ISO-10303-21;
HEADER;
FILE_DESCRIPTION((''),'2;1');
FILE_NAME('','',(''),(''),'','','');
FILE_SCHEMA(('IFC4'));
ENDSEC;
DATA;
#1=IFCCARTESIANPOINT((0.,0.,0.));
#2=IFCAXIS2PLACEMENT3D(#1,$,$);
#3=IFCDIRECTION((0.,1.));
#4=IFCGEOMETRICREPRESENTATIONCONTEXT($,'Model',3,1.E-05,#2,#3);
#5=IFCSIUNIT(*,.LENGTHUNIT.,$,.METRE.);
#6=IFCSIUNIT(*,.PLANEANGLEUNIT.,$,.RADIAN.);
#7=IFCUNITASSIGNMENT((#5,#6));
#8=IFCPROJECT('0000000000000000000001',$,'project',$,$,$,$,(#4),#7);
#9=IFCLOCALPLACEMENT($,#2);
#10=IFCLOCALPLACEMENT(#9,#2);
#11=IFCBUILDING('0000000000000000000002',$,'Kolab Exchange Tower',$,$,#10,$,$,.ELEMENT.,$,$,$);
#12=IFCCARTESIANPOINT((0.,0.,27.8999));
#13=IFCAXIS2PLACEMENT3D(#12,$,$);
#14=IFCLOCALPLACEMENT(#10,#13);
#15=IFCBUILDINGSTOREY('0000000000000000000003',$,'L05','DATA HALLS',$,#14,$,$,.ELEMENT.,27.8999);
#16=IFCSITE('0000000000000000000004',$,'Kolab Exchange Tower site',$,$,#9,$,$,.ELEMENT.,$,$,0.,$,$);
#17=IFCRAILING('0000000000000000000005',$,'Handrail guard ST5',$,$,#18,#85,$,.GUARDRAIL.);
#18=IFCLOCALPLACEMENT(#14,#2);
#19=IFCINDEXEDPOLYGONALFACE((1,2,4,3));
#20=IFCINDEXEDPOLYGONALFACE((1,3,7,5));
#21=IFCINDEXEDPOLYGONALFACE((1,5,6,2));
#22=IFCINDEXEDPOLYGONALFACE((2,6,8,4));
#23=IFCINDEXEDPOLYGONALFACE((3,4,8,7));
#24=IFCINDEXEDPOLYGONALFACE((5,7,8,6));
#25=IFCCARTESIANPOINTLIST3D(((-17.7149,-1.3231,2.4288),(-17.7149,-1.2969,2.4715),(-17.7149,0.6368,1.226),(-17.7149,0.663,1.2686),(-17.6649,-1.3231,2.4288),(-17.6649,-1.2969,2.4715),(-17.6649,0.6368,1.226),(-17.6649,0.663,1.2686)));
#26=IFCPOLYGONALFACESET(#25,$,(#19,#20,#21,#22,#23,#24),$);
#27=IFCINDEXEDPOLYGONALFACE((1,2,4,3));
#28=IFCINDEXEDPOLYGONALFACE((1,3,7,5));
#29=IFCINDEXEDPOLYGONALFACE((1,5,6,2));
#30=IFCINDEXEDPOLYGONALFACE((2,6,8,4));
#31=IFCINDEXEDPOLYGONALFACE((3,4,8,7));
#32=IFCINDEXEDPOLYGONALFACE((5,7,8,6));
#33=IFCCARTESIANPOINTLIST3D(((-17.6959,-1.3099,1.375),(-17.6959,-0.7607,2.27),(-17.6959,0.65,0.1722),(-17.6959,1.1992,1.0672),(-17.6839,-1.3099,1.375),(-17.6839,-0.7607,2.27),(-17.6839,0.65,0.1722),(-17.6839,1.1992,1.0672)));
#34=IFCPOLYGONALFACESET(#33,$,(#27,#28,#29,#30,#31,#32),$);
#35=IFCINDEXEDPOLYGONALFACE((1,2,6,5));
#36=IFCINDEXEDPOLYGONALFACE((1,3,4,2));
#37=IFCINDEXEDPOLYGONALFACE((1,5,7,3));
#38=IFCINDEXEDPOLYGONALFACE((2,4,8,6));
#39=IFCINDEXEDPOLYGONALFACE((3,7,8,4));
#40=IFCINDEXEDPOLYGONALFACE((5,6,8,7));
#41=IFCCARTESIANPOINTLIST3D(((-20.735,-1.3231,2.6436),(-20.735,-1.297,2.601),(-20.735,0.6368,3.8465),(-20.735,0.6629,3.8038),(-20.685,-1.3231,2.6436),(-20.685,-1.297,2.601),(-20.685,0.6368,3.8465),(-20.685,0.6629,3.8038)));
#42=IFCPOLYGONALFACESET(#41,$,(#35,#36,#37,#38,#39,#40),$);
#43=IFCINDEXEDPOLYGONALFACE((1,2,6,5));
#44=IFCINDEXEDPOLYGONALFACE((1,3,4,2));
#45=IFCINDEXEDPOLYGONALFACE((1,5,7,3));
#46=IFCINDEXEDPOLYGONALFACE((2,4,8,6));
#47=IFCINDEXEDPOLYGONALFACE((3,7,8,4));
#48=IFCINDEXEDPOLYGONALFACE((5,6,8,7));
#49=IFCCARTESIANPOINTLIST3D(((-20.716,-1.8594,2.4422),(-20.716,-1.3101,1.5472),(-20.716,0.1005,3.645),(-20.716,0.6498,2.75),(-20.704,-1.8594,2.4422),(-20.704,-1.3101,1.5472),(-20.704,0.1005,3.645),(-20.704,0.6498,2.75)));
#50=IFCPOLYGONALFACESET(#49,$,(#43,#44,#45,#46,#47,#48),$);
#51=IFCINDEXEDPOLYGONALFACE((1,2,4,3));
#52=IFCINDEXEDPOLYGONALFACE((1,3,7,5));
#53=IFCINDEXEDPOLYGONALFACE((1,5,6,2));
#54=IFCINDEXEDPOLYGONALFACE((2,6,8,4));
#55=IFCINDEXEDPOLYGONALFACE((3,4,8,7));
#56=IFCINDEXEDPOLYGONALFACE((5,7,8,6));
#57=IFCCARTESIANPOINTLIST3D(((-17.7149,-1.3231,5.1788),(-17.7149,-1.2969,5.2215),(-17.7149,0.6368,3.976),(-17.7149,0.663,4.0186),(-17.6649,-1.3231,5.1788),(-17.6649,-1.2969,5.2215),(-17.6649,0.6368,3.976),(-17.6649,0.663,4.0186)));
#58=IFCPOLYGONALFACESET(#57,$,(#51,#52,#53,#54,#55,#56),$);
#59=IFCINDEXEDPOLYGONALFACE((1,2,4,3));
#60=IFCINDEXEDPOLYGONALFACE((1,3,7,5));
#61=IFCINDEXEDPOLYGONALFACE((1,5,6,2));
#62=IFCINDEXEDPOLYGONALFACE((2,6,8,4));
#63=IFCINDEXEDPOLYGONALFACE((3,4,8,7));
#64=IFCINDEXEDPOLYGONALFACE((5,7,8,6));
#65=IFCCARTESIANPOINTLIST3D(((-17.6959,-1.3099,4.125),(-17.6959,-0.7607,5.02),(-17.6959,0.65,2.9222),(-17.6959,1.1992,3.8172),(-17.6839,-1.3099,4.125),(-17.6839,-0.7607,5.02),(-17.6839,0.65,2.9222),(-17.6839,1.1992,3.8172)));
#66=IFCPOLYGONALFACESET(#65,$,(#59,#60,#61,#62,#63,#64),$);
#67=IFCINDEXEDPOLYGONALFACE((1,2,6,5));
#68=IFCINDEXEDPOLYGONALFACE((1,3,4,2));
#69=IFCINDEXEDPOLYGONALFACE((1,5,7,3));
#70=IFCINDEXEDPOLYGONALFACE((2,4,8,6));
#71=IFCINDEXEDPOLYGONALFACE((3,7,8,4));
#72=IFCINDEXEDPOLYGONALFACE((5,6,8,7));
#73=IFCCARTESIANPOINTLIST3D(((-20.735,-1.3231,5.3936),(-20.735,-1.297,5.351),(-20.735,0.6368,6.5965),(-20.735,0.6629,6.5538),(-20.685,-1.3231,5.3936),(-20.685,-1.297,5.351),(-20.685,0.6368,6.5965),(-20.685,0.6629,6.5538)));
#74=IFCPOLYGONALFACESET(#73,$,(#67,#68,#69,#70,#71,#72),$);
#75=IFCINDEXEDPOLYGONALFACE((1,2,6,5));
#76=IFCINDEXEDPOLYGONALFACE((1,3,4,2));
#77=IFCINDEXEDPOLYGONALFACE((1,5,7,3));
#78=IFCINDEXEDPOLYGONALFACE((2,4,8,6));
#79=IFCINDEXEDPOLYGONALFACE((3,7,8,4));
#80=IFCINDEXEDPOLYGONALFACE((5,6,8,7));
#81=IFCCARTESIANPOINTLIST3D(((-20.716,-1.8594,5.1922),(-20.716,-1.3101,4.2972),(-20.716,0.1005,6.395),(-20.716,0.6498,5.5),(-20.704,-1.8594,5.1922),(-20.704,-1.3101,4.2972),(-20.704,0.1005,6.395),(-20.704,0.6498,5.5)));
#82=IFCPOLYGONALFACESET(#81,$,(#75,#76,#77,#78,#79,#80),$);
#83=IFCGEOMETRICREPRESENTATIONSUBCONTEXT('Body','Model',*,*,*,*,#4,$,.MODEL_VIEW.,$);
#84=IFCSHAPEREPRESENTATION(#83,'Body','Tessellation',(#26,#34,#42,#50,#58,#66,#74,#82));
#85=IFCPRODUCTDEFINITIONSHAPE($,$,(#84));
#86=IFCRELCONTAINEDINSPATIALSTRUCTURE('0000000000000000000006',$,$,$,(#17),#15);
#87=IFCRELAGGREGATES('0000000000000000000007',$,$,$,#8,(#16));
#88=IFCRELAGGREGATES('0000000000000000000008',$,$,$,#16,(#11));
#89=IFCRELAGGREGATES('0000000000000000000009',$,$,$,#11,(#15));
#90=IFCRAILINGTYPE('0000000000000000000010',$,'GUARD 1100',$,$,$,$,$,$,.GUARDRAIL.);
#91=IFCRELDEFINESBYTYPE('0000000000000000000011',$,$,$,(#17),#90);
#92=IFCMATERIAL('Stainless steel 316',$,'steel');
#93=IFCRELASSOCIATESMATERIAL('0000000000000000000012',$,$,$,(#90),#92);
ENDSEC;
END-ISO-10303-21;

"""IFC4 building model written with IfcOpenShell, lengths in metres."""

from ifc_helpers import new_model, si_unit, direction, frame, frame_2d, origin, origin_2d, place, context, subcontext, project, spatial, rectangle, extrude, material, type_object, element, save


model = new_model("IFC4")

# Units and contexts
model_context = context("Model", 3, precision=1e-05, world=origin(), true_north=direction((0.0, 1.0)))
body_context = subcontext(model_context, "Body", "Model", "MODEL_VIEW")
ifc_project = project(units=[si_unit("LENGTHUNIT", "METRE"), si_unit("PLANEANGLEUNIT", "RADIAN")], contexts=[model_context])

# Site, building, storey
site_placement = place(None, origin())
site = spatial("IfcSite", under=ifc_project, at=site_placement, Name="Kolab Exchange Tower site", CompositionType="ELEMENT", RefElevation=0.0)
building_placement = place(site_placement, origin())
building = spatial("IfcBuilding", under=site, at=building_placement, Name="Kolab Exchange Tower", CompositionType="ELEMENT")
storey_placement = place(building_placement, frame((0.0, 0.0, 27.8999)))
storey = spatial("IfcBuildingStorey", under=building, at=storey_placement, Name="L05", Description="DATA HALLS", CompositionType="ELEMENT", Elevation=27.8999)

# Railing
ifc_material_1 = material(Name="Stainless steel 316", Category="steel")
railing_type = type_object("IfcRailingType", Name="GUARD 1100", PredefinedType="GUARDRAIL", material=ifc_material_1)
railing_1_placement = place(storey_placement, frame((-17.6899, 0.6499, 0.1721)))
element("IfcRailing", 1, at=railing_1_placement, inside=storey, type_object=railing_type, Name="Handrail guard ST5", PredefinedType="GUARDRAIL", context=body_context, shape_type="SweptSolid", body=[
    extrude(rectangle(XDim=0.05, YDim=0.05, at=origin_2d()), frame((0.0, 0.0, 1.0752), z_axis=(0.0, -0.852288, 0.523072), x_axis=(1.0, 0.0, 0.0)), (0.0, 0.0, 1.0), 2.2996),
    extrude(rectangle(XDim=0.012, YDim=1.0501, at=frame_2d((0.0, 0.5251))), frame((0.0, 0.0, 0.0), z_axis=(0.0, -0.852288, 0.523072), x_axis=(1.0, 0.0, 0.0)), (0.0, 0.0, 1.0), 2.2996),
    extrude(rectangle(XDim=0.05, YDim=0.05, at=origin_2d()), frame((-3.02, -1.96, 2.4502), z_axis=(0.0, 0.852288, 0.523072), x_axis=(-1.0, 0.0, 0.0)), (0.0, 0.0, 1.0), 2.2996),
    extrude(rectangle(XDim=0.012, YDim=1.0501, at=frame_2d((0.0, 0.5251))), frame((-3.02, -1.96, 1.375), z_axis=(0.0, 0.852288, 0.523072), x_axis=(-1.0, 0.0, 0.0)), (0.0, 0.0, 1.0), 2.2996),
    extrude(rectangle(XDim=0.05, YDim=0.05, at=origin_2d()), frame((0.0, 0.0, 3.8252), z_axis=(0.0, -0.852288, 0.523072), x_axis=(1.0, 0.0, 0.0)), (0.0, 0.0, 1.0), 2.2996),
    extrude(rectangle(XDim=0.012, YDim=1.0501, at=frame_2d((0.0, 0.5251))), frame((0.0, 0.0, 2.75), z_axis=(0.0, -0.852288, 0.523072), x_axis=(1.0, 0.0, 0.0)), (0.0, 0.0, 1.0), 2.2996),
    extrude(rectangle(XDim=0.05, YDim=0.05, at=origin_2d()), frame((-3.02, -1.96, 5.2002), z_axis=(0.0, 0.852288, 0.523072), x_axis=(-1.0, 0.0, 0.0)), (0.0, 0.0, 1.0), 2.2996),
    extrude(rectangle(XDim=0.012, YDim=1.0501, at=frame_2d((0.0, 0.5251))), frame((-3.02, -1.96, 4.125), z_axis=(0.0, 0.852288, 0.523072), x_axis=(-1.0, 0.0, 0.0)), (0.0, 0.0, 1.0), 2.2996),
])

save(model, "model.ifc")
